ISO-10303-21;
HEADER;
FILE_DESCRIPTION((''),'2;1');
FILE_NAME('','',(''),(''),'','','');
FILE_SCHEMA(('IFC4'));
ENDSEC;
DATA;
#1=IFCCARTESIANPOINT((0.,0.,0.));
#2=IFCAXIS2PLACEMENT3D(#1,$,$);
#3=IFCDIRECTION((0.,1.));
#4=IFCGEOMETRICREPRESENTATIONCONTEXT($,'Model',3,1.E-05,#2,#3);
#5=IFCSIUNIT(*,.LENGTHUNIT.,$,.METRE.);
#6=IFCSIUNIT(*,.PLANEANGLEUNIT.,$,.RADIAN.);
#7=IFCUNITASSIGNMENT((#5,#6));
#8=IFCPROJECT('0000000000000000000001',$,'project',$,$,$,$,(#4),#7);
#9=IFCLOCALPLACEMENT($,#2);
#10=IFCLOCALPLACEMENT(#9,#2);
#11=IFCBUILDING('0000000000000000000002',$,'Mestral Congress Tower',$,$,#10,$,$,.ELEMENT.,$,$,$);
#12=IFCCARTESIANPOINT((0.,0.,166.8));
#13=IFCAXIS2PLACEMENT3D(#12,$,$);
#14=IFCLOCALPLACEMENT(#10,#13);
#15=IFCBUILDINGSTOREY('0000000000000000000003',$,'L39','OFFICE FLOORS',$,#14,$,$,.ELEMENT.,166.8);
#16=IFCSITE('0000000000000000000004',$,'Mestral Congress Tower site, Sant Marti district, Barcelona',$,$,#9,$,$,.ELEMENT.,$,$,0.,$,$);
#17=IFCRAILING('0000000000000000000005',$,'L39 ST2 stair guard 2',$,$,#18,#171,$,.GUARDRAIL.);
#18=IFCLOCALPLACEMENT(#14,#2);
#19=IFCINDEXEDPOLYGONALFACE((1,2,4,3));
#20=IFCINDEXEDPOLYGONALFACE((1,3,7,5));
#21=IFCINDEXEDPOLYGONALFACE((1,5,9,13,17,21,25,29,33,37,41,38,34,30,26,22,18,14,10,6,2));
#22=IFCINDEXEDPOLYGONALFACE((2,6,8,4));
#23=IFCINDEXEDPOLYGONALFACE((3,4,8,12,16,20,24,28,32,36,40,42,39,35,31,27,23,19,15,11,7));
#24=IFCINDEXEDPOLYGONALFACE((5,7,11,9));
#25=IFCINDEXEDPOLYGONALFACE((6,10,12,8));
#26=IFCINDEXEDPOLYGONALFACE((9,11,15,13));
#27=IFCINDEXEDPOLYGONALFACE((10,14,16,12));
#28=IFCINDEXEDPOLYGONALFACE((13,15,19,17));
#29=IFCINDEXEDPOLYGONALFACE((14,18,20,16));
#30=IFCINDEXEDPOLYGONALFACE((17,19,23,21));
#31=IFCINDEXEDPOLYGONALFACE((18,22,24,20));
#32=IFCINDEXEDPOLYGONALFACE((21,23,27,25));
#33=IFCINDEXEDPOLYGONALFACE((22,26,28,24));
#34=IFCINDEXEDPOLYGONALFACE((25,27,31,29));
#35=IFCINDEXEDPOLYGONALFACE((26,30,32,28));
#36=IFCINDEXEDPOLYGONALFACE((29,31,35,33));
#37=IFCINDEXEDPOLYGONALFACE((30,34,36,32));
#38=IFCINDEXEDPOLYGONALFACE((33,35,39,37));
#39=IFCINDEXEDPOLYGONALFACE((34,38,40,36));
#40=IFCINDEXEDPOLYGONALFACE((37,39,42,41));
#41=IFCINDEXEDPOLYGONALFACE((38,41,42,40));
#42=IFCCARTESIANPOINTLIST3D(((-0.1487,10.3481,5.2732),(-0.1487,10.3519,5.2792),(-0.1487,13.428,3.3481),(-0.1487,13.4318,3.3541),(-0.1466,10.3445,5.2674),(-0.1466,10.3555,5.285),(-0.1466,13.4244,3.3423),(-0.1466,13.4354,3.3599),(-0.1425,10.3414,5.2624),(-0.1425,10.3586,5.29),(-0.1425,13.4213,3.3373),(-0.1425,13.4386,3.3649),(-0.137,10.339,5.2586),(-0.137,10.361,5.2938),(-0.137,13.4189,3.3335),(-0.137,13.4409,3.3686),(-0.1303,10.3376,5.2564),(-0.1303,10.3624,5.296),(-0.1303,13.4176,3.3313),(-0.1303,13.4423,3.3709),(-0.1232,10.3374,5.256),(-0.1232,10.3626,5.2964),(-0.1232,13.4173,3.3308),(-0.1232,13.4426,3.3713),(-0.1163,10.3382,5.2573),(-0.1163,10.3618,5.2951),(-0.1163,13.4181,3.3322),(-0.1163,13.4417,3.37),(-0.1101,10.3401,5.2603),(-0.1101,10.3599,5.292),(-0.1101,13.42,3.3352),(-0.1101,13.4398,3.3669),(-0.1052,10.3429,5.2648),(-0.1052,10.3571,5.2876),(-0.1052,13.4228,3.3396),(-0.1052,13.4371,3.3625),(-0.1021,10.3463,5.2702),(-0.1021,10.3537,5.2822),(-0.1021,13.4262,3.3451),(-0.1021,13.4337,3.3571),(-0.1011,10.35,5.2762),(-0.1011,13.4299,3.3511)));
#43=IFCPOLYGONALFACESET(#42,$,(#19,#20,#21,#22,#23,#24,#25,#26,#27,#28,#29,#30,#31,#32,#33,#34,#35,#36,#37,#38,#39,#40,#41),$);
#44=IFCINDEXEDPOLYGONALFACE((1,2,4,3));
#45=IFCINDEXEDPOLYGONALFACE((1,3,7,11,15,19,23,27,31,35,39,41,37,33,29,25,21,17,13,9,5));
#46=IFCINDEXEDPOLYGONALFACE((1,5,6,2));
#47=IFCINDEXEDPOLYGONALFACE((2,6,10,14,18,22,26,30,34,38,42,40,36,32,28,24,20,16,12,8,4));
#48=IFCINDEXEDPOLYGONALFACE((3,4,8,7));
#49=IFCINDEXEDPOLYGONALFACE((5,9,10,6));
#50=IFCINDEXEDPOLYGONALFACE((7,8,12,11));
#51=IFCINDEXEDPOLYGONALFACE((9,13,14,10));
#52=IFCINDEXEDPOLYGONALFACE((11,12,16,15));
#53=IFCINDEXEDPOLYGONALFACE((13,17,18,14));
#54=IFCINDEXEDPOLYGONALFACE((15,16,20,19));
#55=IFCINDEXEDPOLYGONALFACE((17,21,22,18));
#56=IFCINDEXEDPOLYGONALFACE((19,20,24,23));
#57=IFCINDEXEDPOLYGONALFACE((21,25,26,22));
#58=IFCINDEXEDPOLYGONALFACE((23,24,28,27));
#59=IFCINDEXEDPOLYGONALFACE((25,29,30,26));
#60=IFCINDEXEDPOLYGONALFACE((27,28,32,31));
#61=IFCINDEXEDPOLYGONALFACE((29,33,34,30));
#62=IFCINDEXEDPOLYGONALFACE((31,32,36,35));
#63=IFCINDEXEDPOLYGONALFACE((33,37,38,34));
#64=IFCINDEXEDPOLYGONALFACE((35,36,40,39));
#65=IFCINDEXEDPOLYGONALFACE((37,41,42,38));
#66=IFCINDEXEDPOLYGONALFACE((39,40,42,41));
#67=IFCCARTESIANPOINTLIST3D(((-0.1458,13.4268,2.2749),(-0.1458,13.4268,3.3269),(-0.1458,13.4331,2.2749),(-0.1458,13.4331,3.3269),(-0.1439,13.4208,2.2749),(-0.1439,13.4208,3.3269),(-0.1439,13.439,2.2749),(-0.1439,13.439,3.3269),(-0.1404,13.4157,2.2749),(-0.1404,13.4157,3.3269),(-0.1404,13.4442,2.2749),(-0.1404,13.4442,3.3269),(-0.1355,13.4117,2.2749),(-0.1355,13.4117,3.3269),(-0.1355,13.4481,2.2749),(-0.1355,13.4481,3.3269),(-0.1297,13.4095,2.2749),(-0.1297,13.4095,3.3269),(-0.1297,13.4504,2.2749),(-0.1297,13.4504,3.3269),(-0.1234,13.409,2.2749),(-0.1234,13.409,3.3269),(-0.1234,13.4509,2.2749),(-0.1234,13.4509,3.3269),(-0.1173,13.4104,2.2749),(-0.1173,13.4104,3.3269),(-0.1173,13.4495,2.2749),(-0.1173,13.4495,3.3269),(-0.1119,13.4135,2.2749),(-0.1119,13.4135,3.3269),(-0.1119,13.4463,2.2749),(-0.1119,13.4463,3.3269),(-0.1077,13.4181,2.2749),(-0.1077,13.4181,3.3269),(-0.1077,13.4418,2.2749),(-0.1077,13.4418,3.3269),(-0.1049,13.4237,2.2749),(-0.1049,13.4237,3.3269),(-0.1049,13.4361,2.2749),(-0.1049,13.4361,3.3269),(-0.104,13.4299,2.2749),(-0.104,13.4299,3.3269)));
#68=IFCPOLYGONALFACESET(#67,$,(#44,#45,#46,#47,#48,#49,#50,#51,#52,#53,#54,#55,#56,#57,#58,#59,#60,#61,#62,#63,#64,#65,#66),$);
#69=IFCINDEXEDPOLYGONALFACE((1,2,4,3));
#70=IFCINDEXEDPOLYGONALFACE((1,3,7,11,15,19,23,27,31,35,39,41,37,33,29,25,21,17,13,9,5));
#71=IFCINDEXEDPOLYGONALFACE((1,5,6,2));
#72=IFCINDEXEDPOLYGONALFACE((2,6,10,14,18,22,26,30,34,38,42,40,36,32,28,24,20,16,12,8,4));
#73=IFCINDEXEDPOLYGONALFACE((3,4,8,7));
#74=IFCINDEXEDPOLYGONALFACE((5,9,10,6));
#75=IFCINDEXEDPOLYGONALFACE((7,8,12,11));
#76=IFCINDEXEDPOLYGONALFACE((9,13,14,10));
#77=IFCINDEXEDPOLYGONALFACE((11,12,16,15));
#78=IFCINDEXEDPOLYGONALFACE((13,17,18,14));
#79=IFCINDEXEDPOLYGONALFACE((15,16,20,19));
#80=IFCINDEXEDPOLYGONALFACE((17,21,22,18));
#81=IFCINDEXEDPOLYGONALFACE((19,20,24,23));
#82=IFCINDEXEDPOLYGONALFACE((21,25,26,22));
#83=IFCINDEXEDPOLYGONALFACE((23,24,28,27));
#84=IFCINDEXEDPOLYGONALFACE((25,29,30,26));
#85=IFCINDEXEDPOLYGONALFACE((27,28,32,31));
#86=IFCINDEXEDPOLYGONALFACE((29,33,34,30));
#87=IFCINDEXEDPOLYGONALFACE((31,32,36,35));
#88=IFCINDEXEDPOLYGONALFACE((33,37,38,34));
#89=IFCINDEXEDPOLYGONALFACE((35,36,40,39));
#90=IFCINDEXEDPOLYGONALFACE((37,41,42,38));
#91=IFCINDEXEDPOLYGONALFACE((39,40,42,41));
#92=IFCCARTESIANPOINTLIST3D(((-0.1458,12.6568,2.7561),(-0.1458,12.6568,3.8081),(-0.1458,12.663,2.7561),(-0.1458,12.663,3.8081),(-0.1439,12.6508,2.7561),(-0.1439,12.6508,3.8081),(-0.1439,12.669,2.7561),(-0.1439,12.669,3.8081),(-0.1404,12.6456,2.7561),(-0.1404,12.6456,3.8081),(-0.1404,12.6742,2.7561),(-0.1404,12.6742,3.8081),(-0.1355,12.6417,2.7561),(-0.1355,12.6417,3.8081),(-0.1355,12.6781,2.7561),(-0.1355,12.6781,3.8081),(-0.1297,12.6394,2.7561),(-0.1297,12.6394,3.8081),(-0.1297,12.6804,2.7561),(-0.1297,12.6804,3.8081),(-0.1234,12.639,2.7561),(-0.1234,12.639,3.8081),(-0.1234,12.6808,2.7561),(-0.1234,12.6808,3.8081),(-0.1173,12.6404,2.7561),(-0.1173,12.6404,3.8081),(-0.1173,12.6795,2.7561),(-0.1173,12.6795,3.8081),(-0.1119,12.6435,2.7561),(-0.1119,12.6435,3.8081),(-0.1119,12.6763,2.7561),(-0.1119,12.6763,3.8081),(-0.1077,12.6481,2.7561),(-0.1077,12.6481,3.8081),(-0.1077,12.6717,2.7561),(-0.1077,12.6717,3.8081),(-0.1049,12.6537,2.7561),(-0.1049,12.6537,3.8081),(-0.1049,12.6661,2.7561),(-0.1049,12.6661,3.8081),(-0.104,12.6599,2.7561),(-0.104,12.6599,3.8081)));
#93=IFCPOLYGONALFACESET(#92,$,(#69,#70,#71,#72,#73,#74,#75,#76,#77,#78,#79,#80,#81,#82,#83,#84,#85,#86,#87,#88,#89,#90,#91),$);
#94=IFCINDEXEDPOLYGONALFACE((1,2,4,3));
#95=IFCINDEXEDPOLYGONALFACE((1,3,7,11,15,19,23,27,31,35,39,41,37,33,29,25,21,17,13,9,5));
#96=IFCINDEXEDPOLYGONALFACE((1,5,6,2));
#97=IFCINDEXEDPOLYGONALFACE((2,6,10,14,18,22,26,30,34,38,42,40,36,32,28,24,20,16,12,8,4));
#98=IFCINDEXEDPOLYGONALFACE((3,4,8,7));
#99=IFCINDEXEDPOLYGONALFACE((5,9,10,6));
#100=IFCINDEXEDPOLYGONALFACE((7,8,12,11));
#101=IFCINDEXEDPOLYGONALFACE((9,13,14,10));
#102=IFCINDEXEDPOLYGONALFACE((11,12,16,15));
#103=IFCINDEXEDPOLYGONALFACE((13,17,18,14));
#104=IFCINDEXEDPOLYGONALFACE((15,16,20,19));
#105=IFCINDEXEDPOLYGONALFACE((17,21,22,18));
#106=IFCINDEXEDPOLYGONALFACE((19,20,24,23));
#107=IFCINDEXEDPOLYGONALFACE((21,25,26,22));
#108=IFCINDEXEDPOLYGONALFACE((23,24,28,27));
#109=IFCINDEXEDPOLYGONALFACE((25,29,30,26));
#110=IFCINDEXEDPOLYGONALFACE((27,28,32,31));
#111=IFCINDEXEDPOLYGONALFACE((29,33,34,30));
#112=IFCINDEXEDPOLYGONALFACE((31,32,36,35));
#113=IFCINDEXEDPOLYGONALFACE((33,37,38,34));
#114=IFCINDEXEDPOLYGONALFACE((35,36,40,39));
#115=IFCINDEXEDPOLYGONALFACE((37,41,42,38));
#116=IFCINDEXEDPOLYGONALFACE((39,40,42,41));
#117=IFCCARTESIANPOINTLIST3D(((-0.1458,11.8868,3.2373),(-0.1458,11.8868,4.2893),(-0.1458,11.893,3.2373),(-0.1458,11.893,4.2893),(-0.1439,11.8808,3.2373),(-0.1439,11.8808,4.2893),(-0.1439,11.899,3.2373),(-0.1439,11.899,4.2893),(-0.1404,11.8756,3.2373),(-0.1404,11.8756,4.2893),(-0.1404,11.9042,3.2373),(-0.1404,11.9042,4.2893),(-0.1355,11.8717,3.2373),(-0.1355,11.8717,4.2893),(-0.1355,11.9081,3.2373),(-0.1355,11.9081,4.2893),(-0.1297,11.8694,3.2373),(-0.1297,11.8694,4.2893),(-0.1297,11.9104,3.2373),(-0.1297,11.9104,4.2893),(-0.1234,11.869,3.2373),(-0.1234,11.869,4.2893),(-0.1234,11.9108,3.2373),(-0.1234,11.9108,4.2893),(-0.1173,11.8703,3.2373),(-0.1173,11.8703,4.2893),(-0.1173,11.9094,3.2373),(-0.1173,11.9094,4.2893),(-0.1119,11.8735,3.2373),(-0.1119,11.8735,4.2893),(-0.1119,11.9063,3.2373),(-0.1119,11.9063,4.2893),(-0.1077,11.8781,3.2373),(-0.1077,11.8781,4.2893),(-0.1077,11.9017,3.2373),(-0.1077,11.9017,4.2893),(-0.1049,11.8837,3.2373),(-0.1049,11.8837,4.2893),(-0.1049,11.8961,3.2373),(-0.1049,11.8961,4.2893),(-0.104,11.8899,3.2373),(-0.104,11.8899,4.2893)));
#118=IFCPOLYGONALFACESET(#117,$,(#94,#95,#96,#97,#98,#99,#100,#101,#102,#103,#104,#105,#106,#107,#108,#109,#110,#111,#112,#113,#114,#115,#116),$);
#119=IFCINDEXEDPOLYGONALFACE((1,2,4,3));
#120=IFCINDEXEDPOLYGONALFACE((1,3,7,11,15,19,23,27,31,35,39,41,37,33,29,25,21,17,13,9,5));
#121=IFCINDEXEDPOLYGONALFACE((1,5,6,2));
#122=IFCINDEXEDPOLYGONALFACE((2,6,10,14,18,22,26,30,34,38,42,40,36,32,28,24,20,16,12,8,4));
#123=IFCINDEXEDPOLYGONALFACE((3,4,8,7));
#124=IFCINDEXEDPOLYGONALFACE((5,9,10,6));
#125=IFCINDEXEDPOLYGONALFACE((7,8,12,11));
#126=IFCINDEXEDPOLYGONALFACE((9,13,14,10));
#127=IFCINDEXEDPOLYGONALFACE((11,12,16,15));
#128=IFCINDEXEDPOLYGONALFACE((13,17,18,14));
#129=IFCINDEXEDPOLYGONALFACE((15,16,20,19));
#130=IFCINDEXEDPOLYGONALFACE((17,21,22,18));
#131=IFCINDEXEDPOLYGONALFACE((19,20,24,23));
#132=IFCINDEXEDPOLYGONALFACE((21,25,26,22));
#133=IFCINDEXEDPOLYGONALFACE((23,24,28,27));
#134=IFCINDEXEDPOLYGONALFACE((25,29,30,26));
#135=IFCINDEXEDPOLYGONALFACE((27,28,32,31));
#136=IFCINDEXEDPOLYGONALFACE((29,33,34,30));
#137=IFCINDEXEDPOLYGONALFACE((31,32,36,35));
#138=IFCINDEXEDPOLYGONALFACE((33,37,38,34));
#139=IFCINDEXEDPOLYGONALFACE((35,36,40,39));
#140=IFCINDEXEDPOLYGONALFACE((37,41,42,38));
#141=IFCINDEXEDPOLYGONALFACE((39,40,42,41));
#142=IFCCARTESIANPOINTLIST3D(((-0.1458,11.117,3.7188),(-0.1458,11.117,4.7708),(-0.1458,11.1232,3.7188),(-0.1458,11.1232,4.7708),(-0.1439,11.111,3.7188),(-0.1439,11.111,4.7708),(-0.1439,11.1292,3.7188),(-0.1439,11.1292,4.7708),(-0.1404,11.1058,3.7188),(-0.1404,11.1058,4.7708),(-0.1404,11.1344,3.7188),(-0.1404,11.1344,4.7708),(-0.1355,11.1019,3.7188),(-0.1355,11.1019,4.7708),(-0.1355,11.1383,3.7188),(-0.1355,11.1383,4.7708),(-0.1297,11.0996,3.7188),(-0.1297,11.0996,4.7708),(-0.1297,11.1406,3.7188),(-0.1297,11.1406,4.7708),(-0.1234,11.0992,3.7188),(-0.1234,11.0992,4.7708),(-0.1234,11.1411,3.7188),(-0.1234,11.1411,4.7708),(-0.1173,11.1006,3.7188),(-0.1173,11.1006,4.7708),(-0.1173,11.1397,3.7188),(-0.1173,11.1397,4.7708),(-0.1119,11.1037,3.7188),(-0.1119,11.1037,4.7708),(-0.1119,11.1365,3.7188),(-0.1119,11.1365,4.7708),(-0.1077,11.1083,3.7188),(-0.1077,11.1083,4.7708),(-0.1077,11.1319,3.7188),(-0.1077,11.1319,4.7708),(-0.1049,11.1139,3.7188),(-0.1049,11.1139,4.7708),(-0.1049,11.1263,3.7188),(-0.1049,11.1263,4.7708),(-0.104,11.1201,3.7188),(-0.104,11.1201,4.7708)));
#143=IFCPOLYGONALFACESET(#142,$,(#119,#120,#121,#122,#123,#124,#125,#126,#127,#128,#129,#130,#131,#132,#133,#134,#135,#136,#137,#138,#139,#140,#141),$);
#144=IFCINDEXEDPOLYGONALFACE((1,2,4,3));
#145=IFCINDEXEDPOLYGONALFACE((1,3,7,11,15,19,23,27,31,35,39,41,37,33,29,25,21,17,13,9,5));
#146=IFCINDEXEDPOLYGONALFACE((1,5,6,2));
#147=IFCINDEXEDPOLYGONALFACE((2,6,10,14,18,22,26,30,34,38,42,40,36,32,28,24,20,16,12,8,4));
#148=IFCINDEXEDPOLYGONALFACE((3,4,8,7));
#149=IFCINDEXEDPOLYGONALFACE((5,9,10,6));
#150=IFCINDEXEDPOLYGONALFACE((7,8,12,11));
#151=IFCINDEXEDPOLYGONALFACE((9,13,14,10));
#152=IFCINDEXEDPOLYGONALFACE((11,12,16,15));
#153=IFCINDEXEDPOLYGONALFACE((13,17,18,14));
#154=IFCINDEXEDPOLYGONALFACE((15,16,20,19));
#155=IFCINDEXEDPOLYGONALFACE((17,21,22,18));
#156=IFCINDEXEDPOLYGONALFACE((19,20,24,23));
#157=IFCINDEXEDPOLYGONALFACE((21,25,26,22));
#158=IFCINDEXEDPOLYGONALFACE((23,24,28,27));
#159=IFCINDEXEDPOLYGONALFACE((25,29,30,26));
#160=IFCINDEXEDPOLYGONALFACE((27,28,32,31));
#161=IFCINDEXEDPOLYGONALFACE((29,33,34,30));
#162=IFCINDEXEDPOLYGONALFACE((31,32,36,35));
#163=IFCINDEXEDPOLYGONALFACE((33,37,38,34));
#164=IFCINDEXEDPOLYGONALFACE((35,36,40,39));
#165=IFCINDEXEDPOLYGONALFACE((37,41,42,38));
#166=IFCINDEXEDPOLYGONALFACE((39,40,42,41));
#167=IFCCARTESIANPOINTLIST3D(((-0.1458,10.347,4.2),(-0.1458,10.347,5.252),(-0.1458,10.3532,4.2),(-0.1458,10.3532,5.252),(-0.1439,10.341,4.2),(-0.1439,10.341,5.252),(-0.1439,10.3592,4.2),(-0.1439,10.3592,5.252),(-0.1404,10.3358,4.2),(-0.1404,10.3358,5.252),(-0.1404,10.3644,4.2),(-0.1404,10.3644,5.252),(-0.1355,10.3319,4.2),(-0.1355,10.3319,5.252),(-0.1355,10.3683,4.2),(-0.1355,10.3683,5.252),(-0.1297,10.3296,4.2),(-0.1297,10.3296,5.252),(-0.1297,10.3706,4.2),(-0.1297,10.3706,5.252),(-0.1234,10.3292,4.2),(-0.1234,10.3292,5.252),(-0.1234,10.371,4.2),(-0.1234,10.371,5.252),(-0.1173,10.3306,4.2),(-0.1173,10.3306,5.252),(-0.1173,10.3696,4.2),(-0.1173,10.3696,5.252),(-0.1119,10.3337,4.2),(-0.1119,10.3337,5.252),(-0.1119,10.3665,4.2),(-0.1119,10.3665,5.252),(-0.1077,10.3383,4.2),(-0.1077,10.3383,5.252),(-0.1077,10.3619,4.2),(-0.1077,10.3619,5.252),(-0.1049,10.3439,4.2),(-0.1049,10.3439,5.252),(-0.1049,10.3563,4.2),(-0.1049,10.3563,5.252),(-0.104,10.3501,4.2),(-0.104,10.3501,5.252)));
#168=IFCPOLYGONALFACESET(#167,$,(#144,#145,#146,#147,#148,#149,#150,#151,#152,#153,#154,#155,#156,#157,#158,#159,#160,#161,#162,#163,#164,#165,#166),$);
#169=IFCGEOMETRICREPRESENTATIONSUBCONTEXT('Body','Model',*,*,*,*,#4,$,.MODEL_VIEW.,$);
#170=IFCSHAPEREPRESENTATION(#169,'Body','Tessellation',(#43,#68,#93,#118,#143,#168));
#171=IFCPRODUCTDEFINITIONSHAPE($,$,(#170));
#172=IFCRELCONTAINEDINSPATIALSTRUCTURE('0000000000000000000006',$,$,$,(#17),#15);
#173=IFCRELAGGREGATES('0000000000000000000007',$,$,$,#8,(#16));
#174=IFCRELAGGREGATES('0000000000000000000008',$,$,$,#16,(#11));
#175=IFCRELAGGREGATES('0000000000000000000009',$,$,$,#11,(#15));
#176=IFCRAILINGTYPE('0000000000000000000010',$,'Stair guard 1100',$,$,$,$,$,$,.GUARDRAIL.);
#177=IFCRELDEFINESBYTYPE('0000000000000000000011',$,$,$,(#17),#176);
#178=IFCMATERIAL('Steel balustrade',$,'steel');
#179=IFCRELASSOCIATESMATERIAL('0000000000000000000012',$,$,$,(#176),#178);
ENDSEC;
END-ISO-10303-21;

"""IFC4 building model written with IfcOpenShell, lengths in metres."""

from ifc_helpers import new_model, si_unit, direction, frame, origin, origin_2d, place, context, subcontext, project, spatial, circle, extrude, material, type_object, element, save


model = new_model("IFC4")

# Units and contexts
model_context = context("Model", 3, precision=1e-05, world=origin(), true_north=direction((0.0, 1.0)))
body_context = subcontext(model_context, "Body", "Model", "MODEL_VIEW")
ifc_project = project(units=[si_unit("LENGTHUNIT", "METRE"), si_unit("PLANEANGLEUNIT", "RADIAN")], contexts=[model_context])

# Site, building, storey
site_placement = place(None, origin())
site = spatial("IfcSite", under=ifc_project, at=site_placement, Name="Mestral Congress Tower site, Sant Marti district, Barcelona", CompositionType="ELEMENT", RefElevation=0.0)
building_placement = place(site_placement, origin())
building = spatial("IfcBuilding", under=site, at=building_placement, Name="Mestral Congress Tower", CompositionType="ELEMENT")
storey_placement = place(building_placement, frame((0.0, 0.0, 166.8)))
storey = spatial("IfcBuildingStorey", under=building, at=storey_placement, Name="L39", Description="OFFICE FLOORS", CompositionType="ELEMENT", Elevation=166.8)

# Railing
ifc_material_1 = material(Name="Steel balustrade", Category="steel")
railing_type = type_object("IfcRailingType", Name="Stair guard 1100", PredefinedType="GUARDRAIL", material=ifc_material_1)
railing_placement = place(storey_placement, frame((-0.125, 13.4299, 2.2749)))
element("IfcRailing", 1, at=railing_placement, inside=storey, type_object=railing_type, Name="L39 ST2 stair guard 2", PredefinedType="GUARDRAIL", context=body_context, shape_type="SweptSolid", body=[
    extrude(circle(Radius=0.0239, at=origin_2d()), frame((0.0, 0.0, 1.0762), z_axis=(0.0, -0.847979, 0.530029), x_axis=(1.0, 0.0, 0.0)), (0.0, 0.0, 1.0), 3.6321),
    extrude(circle(Radius=0.021, at=origin_2d()), origin(), (0.0, 0.0, 1.0), 1.052),
    extrude(circle(Radius=0.021, at=origin_2d()), frame((0.0, -0.77, 0.4812)), (0.0, 0.0, 1.0), 1.052),
    extrude(circle(Radius=0.021, at=origin_2d()), frame((0.0, -1.54, 0.9624)), (0.0, 0.0, 1.0), 1.052),
    extrude(circle(Radius=0.021, at=origin_2d()), frame((0.0, -2.3098, 1.4438)), (0.0, 0.0, 1.0), 1.052),
    extrude(circle(Radius=0.021, at=origin_2d()), frame((0.0, -3.0798, 1.925)), (0.0, 0.0, 1.0), 1.052),
])

save(model, "model.ifc")
